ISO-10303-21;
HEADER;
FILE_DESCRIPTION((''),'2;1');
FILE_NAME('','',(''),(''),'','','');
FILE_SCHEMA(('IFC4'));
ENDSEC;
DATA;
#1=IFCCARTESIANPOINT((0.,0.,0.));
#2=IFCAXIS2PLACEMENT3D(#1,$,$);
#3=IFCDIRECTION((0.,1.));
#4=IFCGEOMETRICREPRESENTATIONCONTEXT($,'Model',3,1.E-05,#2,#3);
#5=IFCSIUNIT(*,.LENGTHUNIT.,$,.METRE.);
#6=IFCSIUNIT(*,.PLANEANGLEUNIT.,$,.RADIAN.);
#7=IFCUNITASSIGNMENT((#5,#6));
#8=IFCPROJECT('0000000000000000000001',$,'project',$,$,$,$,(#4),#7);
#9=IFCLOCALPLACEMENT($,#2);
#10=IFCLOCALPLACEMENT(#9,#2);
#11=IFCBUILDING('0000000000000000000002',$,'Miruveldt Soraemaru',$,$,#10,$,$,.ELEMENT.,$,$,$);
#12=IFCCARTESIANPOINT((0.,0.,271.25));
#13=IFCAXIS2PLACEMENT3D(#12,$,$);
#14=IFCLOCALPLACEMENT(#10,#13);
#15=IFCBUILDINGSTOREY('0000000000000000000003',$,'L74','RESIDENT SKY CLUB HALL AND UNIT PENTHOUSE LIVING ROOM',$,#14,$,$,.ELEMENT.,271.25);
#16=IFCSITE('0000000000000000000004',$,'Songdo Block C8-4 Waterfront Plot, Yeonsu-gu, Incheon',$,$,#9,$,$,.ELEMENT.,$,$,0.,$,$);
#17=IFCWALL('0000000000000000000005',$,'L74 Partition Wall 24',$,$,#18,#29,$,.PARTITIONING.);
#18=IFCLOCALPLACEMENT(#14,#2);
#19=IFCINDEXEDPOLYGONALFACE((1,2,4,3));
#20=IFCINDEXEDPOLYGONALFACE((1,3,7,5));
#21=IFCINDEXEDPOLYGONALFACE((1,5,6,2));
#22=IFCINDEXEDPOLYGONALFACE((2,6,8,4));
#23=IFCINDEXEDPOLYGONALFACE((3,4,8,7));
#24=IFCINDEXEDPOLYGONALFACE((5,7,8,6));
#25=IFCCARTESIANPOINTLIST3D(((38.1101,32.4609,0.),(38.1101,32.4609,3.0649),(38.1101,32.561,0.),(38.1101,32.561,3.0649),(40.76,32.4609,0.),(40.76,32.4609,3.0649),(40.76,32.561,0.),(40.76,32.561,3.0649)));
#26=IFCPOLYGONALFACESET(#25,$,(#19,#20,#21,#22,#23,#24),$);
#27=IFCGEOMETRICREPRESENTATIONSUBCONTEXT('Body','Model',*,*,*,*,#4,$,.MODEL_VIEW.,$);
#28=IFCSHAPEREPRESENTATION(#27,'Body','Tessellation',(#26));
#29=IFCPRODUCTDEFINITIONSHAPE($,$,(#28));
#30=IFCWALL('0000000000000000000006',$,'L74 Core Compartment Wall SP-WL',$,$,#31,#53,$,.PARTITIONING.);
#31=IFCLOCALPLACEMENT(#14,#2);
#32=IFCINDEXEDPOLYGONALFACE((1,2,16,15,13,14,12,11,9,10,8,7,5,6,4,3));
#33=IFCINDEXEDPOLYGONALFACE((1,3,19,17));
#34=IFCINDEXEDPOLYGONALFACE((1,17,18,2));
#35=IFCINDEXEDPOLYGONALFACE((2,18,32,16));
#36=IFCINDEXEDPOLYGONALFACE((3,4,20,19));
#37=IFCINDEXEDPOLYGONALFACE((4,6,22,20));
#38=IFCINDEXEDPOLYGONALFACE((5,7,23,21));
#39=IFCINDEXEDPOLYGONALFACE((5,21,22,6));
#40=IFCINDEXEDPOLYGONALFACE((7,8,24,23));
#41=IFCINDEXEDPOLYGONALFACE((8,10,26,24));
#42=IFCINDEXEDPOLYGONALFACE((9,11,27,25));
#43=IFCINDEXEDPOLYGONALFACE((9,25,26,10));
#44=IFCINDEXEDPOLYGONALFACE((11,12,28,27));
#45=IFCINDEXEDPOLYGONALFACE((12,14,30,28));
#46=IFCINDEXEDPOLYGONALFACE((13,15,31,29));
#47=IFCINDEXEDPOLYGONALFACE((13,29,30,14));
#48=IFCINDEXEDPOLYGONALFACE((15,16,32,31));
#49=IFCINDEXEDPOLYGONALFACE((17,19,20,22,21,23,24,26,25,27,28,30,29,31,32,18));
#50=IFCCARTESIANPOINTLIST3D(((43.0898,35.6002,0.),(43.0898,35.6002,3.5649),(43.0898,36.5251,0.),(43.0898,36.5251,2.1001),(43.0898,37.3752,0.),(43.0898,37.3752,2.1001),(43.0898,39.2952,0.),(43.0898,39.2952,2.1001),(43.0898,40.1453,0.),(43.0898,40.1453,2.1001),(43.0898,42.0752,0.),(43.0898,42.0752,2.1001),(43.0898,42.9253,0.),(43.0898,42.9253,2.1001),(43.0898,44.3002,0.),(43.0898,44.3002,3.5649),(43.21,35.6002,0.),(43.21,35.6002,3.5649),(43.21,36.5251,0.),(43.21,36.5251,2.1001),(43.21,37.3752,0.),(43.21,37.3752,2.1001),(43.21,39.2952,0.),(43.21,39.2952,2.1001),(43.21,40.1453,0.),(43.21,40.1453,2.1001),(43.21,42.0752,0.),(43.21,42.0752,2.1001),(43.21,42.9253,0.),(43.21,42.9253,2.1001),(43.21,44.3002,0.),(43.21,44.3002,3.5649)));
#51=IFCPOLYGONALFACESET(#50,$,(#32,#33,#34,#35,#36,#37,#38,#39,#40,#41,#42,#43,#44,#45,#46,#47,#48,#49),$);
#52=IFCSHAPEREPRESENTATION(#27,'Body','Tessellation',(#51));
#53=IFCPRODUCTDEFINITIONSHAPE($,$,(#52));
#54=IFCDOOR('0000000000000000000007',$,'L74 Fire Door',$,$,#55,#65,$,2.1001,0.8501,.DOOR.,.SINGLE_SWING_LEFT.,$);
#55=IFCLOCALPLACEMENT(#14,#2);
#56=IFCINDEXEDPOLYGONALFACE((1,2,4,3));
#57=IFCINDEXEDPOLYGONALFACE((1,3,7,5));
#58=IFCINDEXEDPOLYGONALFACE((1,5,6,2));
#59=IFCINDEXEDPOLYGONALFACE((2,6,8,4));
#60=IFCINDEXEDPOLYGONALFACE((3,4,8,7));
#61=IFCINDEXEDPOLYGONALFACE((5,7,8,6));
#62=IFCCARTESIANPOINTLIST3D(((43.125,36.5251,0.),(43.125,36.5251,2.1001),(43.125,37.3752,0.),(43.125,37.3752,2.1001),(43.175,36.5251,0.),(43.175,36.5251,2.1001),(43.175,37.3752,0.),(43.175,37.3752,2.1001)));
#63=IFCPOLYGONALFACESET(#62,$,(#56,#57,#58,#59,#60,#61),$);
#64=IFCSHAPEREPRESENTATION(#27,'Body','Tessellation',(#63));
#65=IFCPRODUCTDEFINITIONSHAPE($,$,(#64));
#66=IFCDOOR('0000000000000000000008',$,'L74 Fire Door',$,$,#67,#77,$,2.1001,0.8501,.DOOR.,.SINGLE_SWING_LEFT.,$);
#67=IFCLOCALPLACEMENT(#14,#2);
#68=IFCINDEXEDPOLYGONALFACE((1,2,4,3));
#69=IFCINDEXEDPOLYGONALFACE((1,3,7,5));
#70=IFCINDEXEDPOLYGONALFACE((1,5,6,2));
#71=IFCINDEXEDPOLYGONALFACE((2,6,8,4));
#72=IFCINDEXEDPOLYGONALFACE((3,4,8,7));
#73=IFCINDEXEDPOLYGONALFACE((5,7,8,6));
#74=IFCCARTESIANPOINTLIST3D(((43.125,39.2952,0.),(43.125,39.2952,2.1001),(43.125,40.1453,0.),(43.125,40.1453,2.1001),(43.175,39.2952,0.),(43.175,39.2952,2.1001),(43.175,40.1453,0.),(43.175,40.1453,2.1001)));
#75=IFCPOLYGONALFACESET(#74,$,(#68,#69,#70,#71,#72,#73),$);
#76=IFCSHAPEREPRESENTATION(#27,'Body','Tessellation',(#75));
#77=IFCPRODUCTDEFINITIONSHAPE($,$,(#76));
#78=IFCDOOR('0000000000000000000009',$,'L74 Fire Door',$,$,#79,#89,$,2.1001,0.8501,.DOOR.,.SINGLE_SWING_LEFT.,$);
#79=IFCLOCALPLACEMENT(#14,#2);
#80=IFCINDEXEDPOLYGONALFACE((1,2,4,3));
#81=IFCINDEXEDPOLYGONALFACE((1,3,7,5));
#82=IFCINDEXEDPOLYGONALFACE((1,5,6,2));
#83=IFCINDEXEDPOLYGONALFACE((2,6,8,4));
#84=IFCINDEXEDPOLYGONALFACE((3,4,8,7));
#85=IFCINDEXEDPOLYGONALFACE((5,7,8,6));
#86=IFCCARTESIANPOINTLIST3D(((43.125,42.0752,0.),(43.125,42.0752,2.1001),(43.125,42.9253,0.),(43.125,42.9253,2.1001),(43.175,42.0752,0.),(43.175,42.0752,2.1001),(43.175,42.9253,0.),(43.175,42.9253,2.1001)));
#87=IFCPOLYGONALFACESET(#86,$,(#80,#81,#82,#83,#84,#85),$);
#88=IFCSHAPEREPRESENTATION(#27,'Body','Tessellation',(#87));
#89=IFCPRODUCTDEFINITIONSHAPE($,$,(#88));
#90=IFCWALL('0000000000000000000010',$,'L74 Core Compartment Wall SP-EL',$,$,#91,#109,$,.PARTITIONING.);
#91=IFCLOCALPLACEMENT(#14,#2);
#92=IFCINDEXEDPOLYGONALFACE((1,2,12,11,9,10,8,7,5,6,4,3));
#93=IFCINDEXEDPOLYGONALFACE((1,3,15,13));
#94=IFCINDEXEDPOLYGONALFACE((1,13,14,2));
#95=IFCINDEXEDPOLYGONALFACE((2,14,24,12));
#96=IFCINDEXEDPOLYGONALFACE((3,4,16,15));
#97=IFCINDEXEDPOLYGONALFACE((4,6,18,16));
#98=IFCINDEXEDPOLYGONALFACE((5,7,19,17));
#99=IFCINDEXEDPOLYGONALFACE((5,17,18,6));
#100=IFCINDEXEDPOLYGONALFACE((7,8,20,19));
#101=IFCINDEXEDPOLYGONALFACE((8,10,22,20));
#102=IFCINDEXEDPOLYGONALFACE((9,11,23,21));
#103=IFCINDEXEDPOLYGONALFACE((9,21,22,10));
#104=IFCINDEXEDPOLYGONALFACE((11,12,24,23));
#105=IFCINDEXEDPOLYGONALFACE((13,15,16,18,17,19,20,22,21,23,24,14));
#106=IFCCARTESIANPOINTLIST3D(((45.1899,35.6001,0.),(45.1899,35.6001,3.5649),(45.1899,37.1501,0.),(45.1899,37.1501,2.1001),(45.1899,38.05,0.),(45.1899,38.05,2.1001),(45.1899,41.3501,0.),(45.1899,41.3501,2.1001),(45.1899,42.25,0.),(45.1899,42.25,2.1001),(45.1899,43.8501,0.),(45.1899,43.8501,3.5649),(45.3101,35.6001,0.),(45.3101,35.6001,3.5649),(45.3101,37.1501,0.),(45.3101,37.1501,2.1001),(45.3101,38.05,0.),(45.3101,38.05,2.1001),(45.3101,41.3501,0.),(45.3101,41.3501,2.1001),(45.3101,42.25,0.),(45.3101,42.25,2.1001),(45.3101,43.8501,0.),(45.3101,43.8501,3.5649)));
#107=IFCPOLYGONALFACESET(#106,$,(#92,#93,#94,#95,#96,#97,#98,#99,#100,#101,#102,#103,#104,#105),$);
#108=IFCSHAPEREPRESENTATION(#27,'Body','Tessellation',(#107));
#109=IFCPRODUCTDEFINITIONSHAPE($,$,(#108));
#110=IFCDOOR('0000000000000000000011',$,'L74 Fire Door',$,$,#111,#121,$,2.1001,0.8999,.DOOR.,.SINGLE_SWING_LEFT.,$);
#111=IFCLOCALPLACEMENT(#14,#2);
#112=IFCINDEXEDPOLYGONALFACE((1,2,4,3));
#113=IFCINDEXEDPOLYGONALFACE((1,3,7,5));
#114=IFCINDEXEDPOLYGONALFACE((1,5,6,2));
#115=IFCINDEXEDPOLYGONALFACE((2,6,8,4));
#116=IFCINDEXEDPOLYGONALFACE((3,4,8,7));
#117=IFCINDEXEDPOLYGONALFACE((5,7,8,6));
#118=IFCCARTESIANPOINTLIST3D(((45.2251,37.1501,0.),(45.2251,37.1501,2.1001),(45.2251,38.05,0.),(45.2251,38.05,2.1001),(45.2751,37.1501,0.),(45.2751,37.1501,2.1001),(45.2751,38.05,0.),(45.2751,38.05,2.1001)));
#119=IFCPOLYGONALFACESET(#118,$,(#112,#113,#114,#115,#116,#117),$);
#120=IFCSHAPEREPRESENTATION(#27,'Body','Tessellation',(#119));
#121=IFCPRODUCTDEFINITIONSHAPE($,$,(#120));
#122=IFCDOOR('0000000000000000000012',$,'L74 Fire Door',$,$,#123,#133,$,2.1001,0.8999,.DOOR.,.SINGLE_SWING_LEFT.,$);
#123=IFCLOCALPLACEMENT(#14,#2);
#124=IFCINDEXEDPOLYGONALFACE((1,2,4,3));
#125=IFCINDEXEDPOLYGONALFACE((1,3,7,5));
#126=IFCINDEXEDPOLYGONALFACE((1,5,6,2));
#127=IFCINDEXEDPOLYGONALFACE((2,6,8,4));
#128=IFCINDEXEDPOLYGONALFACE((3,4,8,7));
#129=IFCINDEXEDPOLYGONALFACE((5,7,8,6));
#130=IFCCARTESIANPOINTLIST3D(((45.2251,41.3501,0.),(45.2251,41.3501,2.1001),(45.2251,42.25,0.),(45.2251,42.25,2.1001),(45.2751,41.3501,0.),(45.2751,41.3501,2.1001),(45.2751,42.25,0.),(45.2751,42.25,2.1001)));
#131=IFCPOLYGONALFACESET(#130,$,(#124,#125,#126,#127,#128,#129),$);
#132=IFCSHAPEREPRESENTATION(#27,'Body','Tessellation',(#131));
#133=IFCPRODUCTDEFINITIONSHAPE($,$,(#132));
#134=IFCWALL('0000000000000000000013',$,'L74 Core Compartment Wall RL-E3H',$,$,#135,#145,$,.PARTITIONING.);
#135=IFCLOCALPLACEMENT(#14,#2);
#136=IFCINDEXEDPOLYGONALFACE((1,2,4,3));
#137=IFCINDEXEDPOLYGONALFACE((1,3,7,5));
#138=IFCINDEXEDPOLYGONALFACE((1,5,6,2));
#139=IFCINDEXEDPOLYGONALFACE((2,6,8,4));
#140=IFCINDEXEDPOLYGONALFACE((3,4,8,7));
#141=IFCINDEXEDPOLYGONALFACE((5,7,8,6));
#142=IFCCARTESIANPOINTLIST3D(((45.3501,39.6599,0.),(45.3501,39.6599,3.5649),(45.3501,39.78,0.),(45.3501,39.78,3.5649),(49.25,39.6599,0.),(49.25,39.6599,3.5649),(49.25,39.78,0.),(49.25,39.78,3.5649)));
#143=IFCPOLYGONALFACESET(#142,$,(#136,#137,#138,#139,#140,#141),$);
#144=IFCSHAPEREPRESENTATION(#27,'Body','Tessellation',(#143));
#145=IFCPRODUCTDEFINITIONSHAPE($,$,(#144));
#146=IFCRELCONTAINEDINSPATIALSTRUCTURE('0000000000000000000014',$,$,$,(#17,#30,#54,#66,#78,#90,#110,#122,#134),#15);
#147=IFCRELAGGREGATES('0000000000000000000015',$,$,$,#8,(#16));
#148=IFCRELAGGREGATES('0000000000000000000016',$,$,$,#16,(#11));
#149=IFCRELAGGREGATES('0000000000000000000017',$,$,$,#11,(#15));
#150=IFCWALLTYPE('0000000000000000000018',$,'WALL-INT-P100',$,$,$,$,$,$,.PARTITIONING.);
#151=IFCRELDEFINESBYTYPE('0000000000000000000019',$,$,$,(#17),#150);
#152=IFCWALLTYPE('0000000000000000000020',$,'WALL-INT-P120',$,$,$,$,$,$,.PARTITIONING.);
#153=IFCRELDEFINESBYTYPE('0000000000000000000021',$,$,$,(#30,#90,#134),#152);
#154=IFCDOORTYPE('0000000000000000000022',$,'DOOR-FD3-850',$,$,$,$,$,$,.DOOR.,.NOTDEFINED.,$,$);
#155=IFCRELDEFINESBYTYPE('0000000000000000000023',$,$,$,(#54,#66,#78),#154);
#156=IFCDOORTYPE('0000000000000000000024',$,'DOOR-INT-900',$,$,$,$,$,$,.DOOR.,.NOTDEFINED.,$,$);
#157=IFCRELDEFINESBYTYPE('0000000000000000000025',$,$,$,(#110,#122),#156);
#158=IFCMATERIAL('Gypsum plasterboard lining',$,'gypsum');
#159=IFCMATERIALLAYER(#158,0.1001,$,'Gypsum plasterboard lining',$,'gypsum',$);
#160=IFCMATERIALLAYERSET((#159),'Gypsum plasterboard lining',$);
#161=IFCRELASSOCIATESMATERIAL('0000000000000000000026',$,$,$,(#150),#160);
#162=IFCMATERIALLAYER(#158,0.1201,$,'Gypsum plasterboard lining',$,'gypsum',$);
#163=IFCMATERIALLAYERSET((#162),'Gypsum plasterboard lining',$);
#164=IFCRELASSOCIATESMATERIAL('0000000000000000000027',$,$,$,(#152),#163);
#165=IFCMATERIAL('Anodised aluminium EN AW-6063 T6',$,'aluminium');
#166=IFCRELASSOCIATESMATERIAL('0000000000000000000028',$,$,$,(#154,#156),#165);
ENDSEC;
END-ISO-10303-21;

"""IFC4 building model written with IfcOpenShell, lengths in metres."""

from ifc_helpers import new_model, si_unit, direction, frame, frame_2d, origin, place, context, subcontext, project, spatial, rectangle, extrude, material, layer, layer_set, type_object, element, fill, save


model = new_model("IFC4")

# Units and contexts
model_context = context("Model", 3, precision=1e-05, world=origin(), true_north=direction((0.0, 1.0)))
body_context = subcontext(model_context, "Body", "Model", "MODEL_VIEW")
ifc_project = project(units=[si_unit("LENGTHUNIT", "METRE"), si_unit("PLANEANGLEUNIT", "RADIAN")], contexts=[model_context])

# Site, building, storey
site_placement = place(None, origin())
site = spatial("IfcSite", under=ifc_project, at=site_placement, Name="Songdo Block C8-4 Waterfront Plot, Yeonsu-gu, Incheon", CompositionType="ELEMENT", RefElevation=0.0)
building_placement = place(site_placement, origin())
building = spatial("IfcBuilding", under=site, at=building_placement, Name="Miruveldt Soraemaru", CompositionType="ELEMENT")
storey_placement = place(building_placement, frame((0.0, 0.0, 271.25)))
storey = spatial("IfcBuildingStorey", under=building, at=storey_placement, Name="L74", Description="RESIDENT SKY CLUB HALL AND UNIT PENTHOUSE LIVING ROOM", CompositionType="ELEMENT", Elevation=271.25)

# Wall
ifc_material_1 = material(Name="Gypsum plasterboard lining", Category="gypsum")
ifc_layer_1 = layer(ifc_material_1, 0.1001, Name="Gypsum plasterboard lining", Category="gypsum")
ifc_layer_set_1 = layer_set([ifc_layer_1], Name="Gypsum plasterboard lining")
wall_type_1 = type_object("IfcWallType", Name="WALL-INT-P100", PredefinedType="PARTITIONING", material=ifc_layer_set_1)
wall_1_placement = place(storey_placement, frame((40.76, 32.511, 0.0), z_axis=(0.0, 0.0, 1.0), x_axis=(-1.0, 0.0, 0.0)))
element("IfcWall", 1, at=wall_1_placement, inside=storey, type_object=wall_type_1, Name="L74 Partition Wall 24", PredefinedType="PARTITIONING", context=body_context, shape_type="SweptSolid", body=[
    extrude(rectangle(XDim=2.6499, YDim=0.1001, at=frame_2d((1.325, 0.0))), origin(), (0.0, 0.0, 1.0), 3.0649),
])

# Walls, openings, doors
ifc_layer_2 = layer(ifc_material_1, 0.1201, Name="Gypsum plasterboard lining", Category="gypsum")
ifc_layer_set_2 = layer_set([ifc_layer_2], Name="Gypsum plasterboard lining")
wall_type_2 = type_object("IfcWallType", Name="WALL-INT-P120", PredefinedType="PARTITIONING", material=ifc_layer_set_2)
wall_2_placement = place(storey_placement, frame((43.1499, 35.6001, 0.0), z_axis=(0.0, 0.0, 1.0), x_axis=(0.0, 1.0, 0.0)))
wall_2 = element("IfcWall", 2, at=wall_2_placement, inside=storey, type_object=wall_type_2, Name="L74 Core Compartment Wall SP-WL", PredefinedType="PARTITIONING", context=body_context, shape_type="SweptSolid", body=[
    extrude(rectangle(XDim=8.7, YDim=0.1201, at=frame_2d((4.3501, 0.0))), origin(), (0.0, 0.0, 1.0), 3.5649),
])
opening_1_placement = place(wall_2_placement, frame((0.925, 0.0, 0.0)))
opening_1 = element("IfcOpeningElement", 3, at=opening_1_placement, cuts=wall_2, PredefinedType="OPENING", context=body_context, shape_type="SweptSolid", body=[
    extrude(rectangle(XDim=0.8501, YDim=2.1001, at=frame_2d((0.425, 1.05))), frame((0.0, 0.0701, 0.0), z_axis=(0.0, -1.0, 0.0), x_axis=(1.0, 0.0, 0.0)), (0.0, 0.0, 1.0), 0.1401),
])
opening_2_placement = place(wall_2_placement, frame((3.6951, 0.0, 0.0)))
opening_2 = element("IfcOpeningElement", 4, at=opening_2_placement, cuts=wall_2, PredefinedType="OPENING", context=body_context, shape_type="SweptSolid", body=[
    extrude(rectangle(XDim=0.8501, YDim=2.1001, at=frame_2d((0.425, 1.05))), frame((0.0, 0.0701, 0.0), z_axis=(0.0, -1.0, 0.0), x_axis=(1.0, 0.0, 0.0)), (0.0, 0.0, 1.0), 0.1401),
])
opening_3_placement = place(wall_2_placement, frame((6.4751, 0.0, 0.0)))
opening_3 = element("IfcOpeningElement", 5, at=opening_3_placement, cuts=wall_2, PredefinedType="OPENING", context=body_context, shape_type="SweptSolid", body=[
    extrude(rectangle(XDim=0.8501, YDim=2.1001, at=frame_2d((0.425, 1.05))), frame((0.0, 0.0701, 0.0), z_axis=(0.0, -1.0, 0.0), x_axis=(1.0, 0.0, 0.0)), (0.0, 0.0, 1.0), 0.1401),
])
ifc_material_2 = material(Name="Anodised aluminium EN AW-6063 T6", Category="aluminium")
door_type_1 = type_object("IfcDoorType", Name="DOOR-FD3-850", OperationType="NOTDEFINED", PredefinedType="DOOR", material=ifc_material_2)
door_1_placement = place(opening_1_placement, origin())
door_1 = element("IfcDoor", 6, at=door_1_placement, inside=storey, type_object=door_type_1, Name="L74 Fire Door", OperationType="SINGLE_SWING_LEFT", OverallHeight=2.1001, OverallWidth=0.8501, PredefinedType="DOOR", context=body_context, shape_type="SweptSolid", body=[
    extrude(rectangle(XDim=0.8501, YDim=2.1001, at=frame_2d((0.425, 1.05))), frame((0.0, 0.0249, 0.0), z_axis=(0.0, -1.0, 0.0), x_axis=(1.0, 0.0, 0.0)), (0.0, 0.0, 1.0), 0.05),
])
fill(opening_1, door_1)
door_2_placement = place(opening_2_placement, origin())
door_2 = element("IfcDoor", 7, at=door_2_placement, inside=storey, type_object=door_type_1, Name="L74 Fire Door", OperationType="SINGLE_SWING_LEFT", OverallHeight=2.1001, OverallWidth=0.8501, PredefinedType="DOOR", context=body_context, shape_type="SweptSolid", body=[
    extrude(rectangle(XDim=0.8501, YDim=2.1001, at=frame_2d((0.425, 1.05))), frame((0.0, 0.0249, 0.0), z_axis=(0.0, -1.0, 0.0), x_axis=(1.0, 0.0, 0.0)), (0.0, 0.0, 1.0), 0.05),
])
fill(opening_2, door_2)
door_3_placement = place(opening_3_placement, origin())
door_3 = element("IfcDoor", 8, at=door_3_placement, inside=storey, type_object=door_type_1, Name="L74 Fire Door", OperationType="SINGLE_SWING_LEFT", OverallHeight=2.1001, OverallWidth=0.8501, PredefinedType="DOOR", context=body_context, shape_type="SweptSolid", body=[
    extrude(rectangle(XDim=0.8501, YDim=2.1001, at=frame_2d((0.425, 1.05))), frame((0.0, 0.0249, 0.0), z_axis=(0.0, -1.0, 0.0), x_axis=(1.0, 0.0, 0.0)), (0.0, 0.0, 1.0), 0.05),
])
fill(opening_3, door_3)
wall_3_placement = place(storey_placement, frame((45.25, 35.6001, 0.0), z_axis=(0.0, 0.0, 1.0), x_axis=(0.0, 1.0, 0.0)))
wall_3 = element("IfcWall", 9, at=wall_3_placement, inside=storey, type_object=wall_type_2, Name="L74 Core Compartment Wall SP-EL", PredefinedType="PARTITIONING", context=body_context, shape_type="SweptSolid", body=[
    extrude(rectangle(XDim=8.25, YDim=0.1201, at=frame_2d((4.125, 0.0))), origin(), (0.0, 0.0, 1.0), 3.5649),
])
opening_4_placement = place(wall_3_placement, frame((1.55, 0.0, 0.0)))
opening_4 = element("IfcOpeningElement", 10, at=opening_4_placement, cuts=wall_3, PredefinedType="OPENING", context=body_context, shape_type="SweptSolid", body=[
    extrude(rectangle(XDim=0.8999, YDim=2.1001, at=frame_2d((0.45, 1.05))), frame((0.0, 0.0701, 0.0), z_axis=(0.0, -1.0, 0.0), x_axis=(1.0, 0.0, 0.0)), (0.0, 0.0, 1.0), 0.1401),
])
opening_5_placement = place(wall_3_placement, frame((5.75, 0.0, 0.0)))
opening_5 = element("IfcOpeningElement", 11, at=opening_5_placement, cuts=wall_3, PredefinedType="OPENING", context=body_context, shape_type="SweptSolid", body=[
    extrude(rectangle(XDim=0.8999, YDim=2.1001, at=frame_2d((0.45, 1.05))), frame((0.0, 0.0701, 0.0), z_axis=(0.0, -1.0, 0.0), x_axis=(1.0, 0.0, 0.0)), (0.0, 0.0, 1.0), 0.1401),
])
door_type_2 = type_object("IfcDoorType", Name="DOOR-INT-900", OperationType="NOTDEFINED", PredefinedType="DOOR", material=ifc_material_2)
door_4_placement = place(opening_4_placement, origin())
door_4 = element("IfcDoor", 12, at=door_4_placement, inside=storey, type_object=door_type_2, Name="L74 Fire Door", OperationType="SINGLE_SWING_LEFT", OverallHeight=2.1001, OverallWidth=0.8999, PredefinedType="DOOR", context=body_context, shape_type="SweptSolid", body=[
    extrude(rectangle(XDim=0.8999, YDim=2.1001, at=frame_2d((0.45, 1.05))), frame((0.0, 0.0249, 0.0), z_axis=(0.0, -1.0, 0.0), x_axis=(1.0, 0.0, 0.0)), (0.0, 0.0, 1.0), 0.05),
])
fill(opening_4, door_4)
door_5_placement = place(opening_5_placement, origin())
door_5 = element("IfcDoor", 13, at=door_5_placement, inside=storey, type_object=door_type_2, Name="L74 Fire Door", OperationType="SINGLE_SWING_LEFT", OverallHeight=2.1001, OverallWidth=0.8999, PredefinedType="DOOR", context=body_context, shape_type="SweptSolid", body=[
    extrude(rectangle(XDim=0.8999, YDim=2.1001, at=frame_2d((0.45, 1.05))), frame((0.0, 0.0249, 0.0), z_axis=(0.0, -1.0, 0.0), x_axis=(1.0, 0.0, 0.0)), (0.0, 0.0, 1.0), 0.05),
])
fill(opening_5, door_5)

# Wall
wall_4_placement = place(storey_placement, frame((45.3501, 39.72, 0.0), z_axis=(0.0, 0.0, 1.0), x_axis=(1.0, 0.0, 0.0)))
element("IfcWall", 14, at=wall_4_placement, inside=storey, type_object=wall_type_2, Name="L74 Core Compartment Wall RL-E3H", PredefinedType="PARTITIONING", context=body_context, shape_type="SweptSolid", body=[
    extrude(rectangle(XDim=3.8999, YDim=0.1201, at=frame_2d((1.95, 0.0))), origin(), (0.0, 0.0, 1.0), 3.5649),
])

save(model, "model.ifc")
